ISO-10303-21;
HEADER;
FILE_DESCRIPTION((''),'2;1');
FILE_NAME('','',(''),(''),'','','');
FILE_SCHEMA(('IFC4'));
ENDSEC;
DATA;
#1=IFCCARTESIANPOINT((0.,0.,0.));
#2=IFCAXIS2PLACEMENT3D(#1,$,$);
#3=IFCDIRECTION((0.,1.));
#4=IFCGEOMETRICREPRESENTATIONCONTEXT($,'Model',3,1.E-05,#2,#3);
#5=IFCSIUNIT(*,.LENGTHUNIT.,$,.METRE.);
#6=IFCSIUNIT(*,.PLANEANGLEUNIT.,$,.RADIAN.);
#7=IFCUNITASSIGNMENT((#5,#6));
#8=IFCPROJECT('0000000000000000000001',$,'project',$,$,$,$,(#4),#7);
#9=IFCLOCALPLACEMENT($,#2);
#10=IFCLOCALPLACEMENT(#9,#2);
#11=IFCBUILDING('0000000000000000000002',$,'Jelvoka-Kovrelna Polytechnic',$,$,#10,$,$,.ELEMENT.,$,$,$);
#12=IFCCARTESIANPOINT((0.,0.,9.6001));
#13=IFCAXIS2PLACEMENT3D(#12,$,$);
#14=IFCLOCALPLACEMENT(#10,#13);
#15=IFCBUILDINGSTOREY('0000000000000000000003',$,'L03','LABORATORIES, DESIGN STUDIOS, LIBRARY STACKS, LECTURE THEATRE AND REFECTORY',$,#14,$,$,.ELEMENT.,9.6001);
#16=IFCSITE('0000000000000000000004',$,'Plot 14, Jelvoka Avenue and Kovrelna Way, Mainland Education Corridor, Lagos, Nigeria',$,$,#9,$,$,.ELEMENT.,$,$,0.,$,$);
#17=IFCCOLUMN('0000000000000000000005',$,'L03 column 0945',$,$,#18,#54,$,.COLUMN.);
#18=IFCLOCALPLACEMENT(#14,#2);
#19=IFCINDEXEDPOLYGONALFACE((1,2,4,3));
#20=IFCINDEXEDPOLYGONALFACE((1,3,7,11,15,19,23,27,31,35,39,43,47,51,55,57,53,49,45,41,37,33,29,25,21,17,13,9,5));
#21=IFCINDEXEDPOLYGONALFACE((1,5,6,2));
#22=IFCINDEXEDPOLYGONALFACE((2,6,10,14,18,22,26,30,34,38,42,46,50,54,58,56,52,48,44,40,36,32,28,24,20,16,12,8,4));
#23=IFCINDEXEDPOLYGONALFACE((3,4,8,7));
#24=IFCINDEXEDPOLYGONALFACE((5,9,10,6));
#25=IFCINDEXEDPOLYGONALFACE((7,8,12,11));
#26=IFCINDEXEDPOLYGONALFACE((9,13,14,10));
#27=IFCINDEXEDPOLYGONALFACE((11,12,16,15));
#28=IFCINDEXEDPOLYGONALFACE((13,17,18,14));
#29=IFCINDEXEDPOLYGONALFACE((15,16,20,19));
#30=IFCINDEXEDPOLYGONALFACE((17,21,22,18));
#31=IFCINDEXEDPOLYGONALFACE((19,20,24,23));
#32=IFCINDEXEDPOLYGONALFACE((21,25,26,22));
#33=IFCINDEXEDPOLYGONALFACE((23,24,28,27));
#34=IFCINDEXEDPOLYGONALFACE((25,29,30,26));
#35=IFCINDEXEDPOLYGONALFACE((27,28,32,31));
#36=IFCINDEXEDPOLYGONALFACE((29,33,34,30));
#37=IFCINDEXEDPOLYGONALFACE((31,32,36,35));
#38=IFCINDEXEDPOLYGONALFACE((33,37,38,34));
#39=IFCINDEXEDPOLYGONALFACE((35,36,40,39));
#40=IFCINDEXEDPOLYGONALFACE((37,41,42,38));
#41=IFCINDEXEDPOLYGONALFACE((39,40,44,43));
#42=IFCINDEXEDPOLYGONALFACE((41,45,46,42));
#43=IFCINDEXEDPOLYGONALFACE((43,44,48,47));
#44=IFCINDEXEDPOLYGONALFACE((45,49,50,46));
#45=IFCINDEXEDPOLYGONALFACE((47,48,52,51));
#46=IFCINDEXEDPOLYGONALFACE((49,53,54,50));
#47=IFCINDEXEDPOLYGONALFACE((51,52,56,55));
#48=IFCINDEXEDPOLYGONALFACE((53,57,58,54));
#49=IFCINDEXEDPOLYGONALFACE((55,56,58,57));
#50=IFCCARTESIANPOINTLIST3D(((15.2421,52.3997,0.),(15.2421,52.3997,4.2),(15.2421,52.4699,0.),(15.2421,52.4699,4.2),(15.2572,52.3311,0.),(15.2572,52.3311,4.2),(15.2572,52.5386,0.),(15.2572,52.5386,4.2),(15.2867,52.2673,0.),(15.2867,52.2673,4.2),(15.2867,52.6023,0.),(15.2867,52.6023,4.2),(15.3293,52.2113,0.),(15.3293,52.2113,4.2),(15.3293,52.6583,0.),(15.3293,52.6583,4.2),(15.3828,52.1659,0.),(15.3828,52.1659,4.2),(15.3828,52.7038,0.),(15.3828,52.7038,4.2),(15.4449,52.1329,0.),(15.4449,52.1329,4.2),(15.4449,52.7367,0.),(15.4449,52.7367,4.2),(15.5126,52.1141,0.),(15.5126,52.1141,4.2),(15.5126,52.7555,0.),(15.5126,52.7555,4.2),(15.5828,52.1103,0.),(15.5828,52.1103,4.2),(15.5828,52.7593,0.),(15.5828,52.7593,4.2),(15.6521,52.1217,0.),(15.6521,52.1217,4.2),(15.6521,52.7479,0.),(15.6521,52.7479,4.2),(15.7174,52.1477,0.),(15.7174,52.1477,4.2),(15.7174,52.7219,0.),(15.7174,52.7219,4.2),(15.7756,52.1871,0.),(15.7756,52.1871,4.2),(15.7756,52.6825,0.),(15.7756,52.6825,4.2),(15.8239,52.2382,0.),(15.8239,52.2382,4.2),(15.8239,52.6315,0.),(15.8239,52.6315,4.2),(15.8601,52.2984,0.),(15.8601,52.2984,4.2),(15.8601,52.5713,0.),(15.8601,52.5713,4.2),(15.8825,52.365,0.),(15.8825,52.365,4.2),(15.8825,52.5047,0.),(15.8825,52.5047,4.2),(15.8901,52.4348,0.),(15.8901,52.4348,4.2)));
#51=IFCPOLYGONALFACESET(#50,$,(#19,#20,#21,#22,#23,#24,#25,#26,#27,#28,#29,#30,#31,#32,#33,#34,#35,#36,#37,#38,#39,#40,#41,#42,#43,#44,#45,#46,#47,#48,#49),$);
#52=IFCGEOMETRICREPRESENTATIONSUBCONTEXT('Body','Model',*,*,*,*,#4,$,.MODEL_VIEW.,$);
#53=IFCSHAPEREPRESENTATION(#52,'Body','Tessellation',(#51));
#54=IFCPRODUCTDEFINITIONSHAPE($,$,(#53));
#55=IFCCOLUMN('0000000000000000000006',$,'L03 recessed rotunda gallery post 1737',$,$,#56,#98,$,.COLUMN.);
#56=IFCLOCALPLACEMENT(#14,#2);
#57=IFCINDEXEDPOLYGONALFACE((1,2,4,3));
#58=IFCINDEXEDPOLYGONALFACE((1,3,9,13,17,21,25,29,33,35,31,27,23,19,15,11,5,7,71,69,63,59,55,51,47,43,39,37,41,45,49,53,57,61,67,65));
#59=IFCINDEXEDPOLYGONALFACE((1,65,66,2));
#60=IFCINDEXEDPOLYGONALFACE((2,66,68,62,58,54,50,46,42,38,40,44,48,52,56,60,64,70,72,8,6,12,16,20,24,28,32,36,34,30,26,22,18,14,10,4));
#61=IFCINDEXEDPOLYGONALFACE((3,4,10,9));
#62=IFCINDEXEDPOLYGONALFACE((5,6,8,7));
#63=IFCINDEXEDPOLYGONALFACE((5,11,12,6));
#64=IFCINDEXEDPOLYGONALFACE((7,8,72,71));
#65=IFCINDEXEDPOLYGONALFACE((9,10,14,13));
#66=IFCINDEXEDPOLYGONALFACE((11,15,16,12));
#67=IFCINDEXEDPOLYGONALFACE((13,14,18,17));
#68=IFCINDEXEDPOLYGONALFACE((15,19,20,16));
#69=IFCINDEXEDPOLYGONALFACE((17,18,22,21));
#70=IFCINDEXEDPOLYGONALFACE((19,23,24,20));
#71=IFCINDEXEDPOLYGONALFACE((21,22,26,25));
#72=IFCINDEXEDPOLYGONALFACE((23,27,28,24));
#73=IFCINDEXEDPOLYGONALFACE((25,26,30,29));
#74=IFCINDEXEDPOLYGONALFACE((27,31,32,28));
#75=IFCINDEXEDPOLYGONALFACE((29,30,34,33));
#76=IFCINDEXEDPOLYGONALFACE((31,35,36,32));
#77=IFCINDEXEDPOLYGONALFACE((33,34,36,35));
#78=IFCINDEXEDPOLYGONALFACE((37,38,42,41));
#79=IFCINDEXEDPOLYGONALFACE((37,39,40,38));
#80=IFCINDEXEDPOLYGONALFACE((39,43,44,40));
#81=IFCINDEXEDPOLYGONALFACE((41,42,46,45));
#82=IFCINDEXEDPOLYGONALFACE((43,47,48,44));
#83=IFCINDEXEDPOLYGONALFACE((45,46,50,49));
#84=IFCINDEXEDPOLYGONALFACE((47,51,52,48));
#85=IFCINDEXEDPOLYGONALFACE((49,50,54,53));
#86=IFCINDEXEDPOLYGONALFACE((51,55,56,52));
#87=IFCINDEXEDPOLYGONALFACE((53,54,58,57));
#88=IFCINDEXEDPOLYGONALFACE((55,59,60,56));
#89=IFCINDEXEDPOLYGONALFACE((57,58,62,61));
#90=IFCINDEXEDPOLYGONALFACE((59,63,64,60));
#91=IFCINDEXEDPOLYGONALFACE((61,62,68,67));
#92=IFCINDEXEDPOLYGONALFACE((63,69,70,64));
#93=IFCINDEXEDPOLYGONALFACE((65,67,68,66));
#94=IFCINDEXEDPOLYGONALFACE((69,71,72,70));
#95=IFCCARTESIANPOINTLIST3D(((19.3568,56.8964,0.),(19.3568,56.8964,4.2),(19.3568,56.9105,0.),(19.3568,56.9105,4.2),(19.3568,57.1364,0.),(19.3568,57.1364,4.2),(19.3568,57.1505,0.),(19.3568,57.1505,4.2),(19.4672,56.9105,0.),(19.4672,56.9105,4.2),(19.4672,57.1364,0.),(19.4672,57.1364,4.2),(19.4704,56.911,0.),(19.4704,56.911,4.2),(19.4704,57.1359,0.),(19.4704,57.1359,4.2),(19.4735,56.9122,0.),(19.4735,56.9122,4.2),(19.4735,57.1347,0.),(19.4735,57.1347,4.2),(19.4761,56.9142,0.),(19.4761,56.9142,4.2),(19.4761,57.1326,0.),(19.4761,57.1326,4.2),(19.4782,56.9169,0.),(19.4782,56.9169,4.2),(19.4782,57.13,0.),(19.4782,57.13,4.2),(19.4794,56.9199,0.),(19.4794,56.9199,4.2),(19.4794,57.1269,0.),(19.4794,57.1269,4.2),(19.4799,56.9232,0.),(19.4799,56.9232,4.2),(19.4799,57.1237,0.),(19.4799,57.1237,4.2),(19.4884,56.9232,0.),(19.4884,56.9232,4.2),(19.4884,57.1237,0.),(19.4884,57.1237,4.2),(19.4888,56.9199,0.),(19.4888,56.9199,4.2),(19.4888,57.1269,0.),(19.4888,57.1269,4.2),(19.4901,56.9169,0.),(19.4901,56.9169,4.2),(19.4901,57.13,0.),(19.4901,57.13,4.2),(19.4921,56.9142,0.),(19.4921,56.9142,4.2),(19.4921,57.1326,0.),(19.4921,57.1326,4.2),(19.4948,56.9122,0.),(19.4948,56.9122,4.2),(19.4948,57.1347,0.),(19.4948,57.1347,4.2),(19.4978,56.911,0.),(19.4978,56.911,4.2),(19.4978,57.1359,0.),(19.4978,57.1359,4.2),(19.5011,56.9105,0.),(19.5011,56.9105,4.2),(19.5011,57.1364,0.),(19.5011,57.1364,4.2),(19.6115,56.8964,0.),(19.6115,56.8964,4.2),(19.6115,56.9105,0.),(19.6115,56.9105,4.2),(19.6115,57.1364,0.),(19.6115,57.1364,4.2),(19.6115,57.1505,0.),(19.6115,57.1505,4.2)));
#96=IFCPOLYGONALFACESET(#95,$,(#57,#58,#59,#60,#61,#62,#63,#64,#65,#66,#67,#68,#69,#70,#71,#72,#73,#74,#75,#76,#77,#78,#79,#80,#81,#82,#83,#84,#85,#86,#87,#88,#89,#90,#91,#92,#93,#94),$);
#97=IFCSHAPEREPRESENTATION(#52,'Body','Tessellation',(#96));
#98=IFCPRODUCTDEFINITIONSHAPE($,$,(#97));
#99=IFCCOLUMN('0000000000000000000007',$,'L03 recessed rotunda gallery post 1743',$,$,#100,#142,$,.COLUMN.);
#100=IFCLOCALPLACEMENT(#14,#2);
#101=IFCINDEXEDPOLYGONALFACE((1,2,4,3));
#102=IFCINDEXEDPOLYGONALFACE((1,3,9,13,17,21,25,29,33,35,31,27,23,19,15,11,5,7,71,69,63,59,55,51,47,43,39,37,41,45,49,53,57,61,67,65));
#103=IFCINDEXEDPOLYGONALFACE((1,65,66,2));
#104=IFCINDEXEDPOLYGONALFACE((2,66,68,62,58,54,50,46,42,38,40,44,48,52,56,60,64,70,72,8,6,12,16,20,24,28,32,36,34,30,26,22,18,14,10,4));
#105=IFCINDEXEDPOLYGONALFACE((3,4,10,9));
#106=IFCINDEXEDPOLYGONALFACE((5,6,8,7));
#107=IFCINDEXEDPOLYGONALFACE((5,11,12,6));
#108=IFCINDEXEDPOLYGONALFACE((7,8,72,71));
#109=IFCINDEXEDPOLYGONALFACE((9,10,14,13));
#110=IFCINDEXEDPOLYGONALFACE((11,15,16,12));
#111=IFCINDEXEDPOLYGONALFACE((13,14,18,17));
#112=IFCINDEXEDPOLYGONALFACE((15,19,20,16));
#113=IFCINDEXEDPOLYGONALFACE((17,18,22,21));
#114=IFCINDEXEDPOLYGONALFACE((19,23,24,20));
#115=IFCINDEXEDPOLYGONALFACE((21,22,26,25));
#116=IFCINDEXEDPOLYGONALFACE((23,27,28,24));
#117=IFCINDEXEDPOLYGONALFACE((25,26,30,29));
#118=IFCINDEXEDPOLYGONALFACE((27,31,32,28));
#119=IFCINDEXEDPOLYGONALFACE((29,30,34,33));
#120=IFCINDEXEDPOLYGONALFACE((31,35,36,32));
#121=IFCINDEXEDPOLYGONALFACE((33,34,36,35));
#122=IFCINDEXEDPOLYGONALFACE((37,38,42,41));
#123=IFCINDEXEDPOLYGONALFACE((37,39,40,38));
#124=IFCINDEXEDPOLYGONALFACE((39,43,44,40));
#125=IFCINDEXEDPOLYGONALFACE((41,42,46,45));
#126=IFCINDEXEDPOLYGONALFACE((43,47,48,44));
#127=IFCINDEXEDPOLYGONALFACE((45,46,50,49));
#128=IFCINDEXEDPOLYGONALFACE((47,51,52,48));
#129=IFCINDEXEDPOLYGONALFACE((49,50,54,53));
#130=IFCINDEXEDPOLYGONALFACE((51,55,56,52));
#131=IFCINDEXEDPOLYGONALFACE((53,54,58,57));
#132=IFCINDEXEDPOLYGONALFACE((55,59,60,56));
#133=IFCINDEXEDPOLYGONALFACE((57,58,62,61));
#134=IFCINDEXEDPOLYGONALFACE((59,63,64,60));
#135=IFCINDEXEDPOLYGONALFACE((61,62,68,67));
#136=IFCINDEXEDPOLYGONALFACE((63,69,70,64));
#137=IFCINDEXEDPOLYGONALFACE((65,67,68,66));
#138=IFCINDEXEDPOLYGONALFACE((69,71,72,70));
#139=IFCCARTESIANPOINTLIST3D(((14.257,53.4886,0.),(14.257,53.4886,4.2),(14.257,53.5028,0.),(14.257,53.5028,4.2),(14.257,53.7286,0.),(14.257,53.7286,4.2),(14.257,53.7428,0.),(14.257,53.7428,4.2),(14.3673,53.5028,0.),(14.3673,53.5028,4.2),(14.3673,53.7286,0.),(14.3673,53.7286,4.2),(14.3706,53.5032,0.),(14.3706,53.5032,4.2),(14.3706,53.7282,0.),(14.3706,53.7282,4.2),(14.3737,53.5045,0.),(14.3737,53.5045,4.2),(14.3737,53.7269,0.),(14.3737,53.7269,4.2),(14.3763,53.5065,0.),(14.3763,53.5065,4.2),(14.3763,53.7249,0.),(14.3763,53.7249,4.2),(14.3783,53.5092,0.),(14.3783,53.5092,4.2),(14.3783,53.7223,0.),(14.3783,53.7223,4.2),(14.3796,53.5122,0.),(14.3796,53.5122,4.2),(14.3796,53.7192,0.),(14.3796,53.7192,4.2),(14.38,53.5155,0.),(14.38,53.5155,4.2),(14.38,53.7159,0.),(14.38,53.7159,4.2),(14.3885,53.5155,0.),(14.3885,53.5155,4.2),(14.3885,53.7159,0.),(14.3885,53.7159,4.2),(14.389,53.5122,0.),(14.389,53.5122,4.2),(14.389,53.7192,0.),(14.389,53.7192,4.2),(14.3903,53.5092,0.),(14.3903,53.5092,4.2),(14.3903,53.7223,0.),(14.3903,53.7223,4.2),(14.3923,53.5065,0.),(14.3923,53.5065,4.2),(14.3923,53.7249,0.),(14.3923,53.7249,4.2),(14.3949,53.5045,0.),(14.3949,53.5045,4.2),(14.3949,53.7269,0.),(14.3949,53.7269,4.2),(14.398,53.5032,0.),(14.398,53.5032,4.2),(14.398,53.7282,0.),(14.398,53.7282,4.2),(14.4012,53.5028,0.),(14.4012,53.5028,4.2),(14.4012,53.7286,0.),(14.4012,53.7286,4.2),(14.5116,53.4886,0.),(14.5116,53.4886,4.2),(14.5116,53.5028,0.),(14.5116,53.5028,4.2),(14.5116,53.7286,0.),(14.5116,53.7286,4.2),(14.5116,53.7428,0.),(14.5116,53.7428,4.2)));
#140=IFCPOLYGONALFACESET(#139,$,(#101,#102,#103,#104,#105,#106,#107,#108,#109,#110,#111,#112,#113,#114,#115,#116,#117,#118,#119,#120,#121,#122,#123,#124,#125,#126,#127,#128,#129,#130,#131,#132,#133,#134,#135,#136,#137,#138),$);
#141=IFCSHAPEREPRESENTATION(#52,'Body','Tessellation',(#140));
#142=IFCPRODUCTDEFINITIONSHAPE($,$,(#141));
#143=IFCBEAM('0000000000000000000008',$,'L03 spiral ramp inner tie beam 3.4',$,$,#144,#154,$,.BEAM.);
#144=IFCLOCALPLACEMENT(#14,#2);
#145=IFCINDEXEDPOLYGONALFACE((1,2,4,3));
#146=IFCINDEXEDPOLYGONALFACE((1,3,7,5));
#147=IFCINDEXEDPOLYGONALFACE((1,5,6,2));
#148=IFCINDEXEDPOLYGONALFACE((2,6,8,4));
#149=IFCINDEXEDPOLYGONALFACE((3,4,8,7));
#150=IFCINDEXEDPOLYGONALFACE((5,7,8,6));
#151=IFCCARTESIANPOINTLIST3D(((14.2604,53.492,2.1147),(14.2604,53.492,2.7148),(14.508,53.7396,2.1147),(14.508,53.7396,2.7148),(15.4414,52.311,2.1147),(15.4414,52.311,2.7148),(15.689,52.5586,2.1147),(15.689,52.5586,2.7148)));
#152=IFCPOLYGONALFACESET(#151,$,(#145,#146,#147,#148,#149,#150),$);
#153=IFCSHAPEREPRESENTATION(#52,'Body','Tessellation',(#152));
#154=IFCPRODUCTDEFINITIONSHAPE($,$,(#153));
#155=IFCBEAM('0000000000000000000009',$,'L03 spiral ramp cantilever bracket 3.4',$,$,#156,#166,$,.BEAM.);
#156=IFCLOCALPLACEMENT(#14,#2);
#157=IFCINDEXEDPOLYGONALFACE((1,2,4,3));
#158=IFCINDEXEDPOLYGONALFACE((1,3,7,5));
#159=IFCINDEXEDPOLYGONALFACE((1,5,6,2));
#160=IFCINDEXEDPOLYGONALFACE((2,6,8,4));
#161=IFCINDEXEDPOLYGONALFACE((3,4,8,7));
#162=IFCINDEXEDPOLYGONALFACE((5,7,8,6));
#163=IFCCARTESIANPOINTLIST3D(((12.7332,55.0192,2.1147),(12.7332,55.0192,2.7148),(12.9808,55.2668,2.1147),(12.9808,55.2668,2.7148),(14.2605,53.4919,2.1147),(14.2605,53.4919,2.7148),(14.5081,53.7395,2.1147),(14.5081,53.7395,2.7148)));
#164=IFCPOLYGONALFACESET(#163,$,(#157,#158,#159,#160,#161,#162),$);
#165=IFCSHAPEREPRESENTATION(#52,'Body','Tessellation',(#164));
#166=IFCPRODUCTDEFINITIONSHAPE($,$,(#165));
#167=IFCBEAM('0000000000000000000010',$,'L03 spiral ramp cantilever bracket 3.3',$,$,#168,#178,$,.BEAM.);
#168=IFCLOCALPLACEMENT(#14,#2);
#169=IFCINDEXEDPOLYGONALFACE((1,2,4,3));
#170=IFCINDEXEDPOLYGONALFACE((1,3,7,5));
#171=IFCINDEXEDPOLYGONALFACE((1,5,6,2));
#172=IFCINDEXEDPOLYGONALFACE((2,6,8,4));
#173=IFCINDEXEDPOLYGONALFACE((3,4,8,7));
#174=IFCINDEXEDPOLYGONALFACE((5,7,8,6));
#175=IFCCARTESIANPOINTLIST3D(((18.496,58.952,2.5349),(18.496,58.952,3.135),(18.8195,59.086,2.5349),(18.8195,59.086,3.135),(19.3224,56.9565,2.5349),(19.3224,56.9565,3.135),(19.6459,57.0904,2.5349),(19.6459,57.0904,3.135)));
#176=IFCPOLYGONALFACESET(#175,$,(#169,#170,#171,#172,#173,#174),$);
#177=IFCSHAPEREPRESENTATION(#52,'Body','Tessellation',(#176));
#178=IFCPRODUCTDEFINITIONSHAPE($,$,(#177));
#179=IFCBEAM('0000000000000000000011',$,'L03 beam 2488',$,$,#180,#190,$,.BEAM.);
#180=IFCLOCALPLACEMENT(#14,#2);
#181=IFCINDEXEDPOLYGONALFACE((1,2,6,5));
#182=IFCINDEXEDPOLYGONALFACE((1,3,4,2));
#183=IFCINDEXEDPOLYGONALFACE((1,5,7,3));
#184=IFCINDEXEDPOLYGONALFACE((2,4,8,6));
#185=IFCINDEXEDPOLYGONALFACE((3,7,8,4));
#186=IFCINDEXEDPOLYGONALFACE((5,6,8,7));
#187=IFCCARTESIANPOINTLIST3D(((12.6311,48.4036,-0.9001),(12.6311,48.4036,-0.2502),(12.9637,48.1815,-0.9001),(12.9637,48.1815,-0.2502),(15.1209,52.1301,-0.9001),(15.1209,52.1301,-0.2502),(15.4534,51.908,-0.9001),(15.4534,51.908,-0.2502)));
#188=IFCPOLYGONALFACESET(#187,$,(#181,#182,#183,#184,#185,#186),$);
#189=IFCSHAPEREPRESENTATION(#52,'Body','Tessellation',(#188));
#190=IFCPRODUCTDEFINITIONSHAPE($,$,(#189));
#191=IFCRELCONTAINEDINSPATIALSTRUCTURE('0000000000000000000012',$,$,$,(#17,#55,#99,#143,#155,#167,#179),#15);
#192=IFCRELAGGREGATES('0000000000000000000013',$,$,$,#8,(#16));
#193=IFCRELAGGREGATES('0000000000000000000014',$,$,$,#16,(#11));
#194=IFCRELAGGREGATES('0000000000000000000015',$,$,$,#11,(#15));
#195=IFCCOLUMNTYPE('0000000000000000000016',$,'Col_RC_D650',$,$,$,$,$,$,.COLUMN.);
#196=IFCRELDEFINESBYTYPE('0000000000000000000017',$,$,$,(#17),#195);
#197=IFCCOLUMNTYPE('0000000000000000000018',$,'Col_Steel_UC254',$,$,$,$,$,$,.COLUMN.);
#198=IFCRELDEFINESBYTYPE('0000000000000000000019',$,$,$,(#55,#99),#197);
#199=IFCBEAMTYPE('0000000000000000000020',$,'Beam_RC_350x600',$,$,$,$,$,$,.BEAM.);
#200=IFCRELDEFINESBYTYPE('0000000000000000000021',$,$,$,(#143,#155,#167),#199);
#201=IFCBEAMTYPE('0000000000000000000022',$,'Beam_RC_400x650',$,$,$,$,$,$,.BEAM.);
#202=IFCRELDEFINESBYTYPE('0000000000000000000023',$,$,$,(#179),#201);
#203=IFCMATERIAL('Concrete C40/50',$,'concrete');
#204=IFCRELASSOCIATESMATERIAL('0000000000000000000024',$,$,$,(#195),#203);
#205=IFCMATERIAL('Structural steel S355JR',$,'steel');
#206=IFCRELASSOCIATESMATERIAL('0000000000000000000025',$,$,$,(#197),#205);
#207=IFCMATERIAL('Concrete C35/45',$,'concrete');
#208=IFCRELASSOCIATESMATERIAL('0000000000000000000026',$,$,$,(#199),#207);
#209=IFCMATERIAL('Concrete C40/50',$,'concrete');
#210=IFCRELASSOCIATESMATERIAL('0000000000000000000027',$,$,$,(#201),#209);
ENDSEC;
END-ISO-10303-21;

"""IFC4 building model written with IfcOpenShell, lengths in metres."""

from ifc_helpers import new_model, si_unit, direction, frame, origin, origin_2d, place, context, subcontext, project, spatial, rectangle, circle, i_section, extrude, material, material_profile, profile_set, type_object, element, save


model = new_model("IFC4")

# Units and contexts
model_context = context("Model", 3, precision=1e-05, world=origin(), true_north=direction((0.0, 1.0)))
body_context = subcontext(model_context, "Body", "Model", "MODEL_VIEW")
ifc_project = project(units=[si_unit("LENGTHUNIT", "METRE"), si_unit("PLANEANGLEUNIT", "RADIAN")], contexts=[model_context])

# Site, building, storey
site_placement = place(None, origin())
site = spatial("IfcSite", under=ifc_project, at=site_placement, Name="Plot 14, Jelvoka Avenue and Kovrelna Way, Mainland Education Corridor, Lagos, Nigeria", CompositionType="ELEMENT", RefElevation=0.0)
building_placement = place(site_placement, origin())
building = spatial("IfcBuilding", under=site, at=building_placement, Name="Jelvoka-Kovrelna Polytechnic", CompositionType="ELEMENT")
storey_placement = place(building_placement, frame((0.0, 0.0, 9.6001)))
storey = spatial("IfcBuildingStorey", under=building, at=storey_placement, Name="L03", Description="LABORATORIES, DESIGN STUDIOS, LIBRARY STACKS, LECTURE THEATRE AND REFECTORY", CompositionType="ELEMENT", Elevation=9.6001)

# Columns
ifc_material_1 = material(Name="Concrete C40/50", Category="concrete")
ifc_material_profile_1 = material_profile(ifc_material_1, circle(Radius=0.325, at=origin_2d()), Name="RC D650")
ifc_profile_set_1 = profile_set([ifc_material_profile_1], Name="Concrete C40/50")
column_type_1 = type_object("IfcColumnType", Name="Col_RC_D650", PredefinedType="COLUMN", material=ifc_profile_set_1)
column_placement = place(storey_placement, frame((15.5652, 52.4348, 0.0), z_axis=(0.0, 0.0, 1.0), x_axis=(1.0, 0.0, 0.0)))
element("IfcColumn", 1, at=column_placement, inside=storey, type_object=column_type_1, Name="L03 column 0945", PredefinedType="COLUMN", context=body_context, shape_type="SweptSolid", body=[
    extrude(circle(Radius=0.325, at=origin_2d()), origin(), (0.0, 0.0, 1.0), 4.2),
])
ifc_material_2 = material(Name="Structural steel S355JR", Category="steel")
ifc_material_profile_2 = material_profile(ifc_material_2, i_section(OverallWidth=0.2546, OverallDepth=0.2542, WebThickness=0.0085, FlangeThickness=0.0142, FilletRadius=0.0127, at=origin_2d()), Name="254x254x73 UC")
ifc_profile_set_2 = profile_set([ifc_material_profile_2], Name="Structural steel S355JR")
column_type_2 = type_object("IfcColumnType", Name="Col_Steel_UC254", PredefinedType="COLUMN", material=ifc_profile_set_2)
for number, where, z_axis, x_axis, name in (
    (2, (19.4841, 57.0234, 0.0), (0.0, 0.0, 1.0), (1.0, 0.0, 0.0), "L03 recessed rotunda gallery post 1737"),
    (3, (14.3843, 53.6157, 0.0), (0.0, 0.0, 1.0), (1.0, 0.0, 0.0), "L03 recessed rotunda gallery post 1743"),
):
    element("IfcColumn", number, at=place(storey_placement, frame(where, z_axis=z_axis, x_axis=x_axis)), inside=storey, type_object=column_type_2, Name=name, PredefinedType="COLUMN", context=body_context, shape_type="SweptSolid", body=[
        extrude(i_section(OverallWidth=0.2546, OverallDepth=0.2542, WebThickness=0.0085, FlangeThickness=0.0142, FilletRadius=0.0127, at=origin_2d()), origin(), (0.0, 0.0, 1.0), 4.2),
    ])

# Beams
ifc_material_3 = material(Name="Concrete C35/45", Category="concrete")
ifc_material_profile_3 = material_profile(ifc_material_3, rectangle(XDim=0.3501, YDim=0.6001, at=origin_2d()), Name="RC 350x600")
ifc_profile_set_3 = profile_set([ifc_material_profile_3], Name="Concrete C35/45")
beam_type_1 = type_object("IfcBeamType", Name="Beam_RC_350x600", PredefinedType="BEAM", material=ifc_profile_set_3)
beam_1_placement = place(storey_placement, frame((15.5652, 52.4348, 2.4148), z_axis=(-0.707107, 0.707107, 0.0), x_axis=(-0.707107, -0.707107, 0.0)))
element("IfcBeam", 4, at=beam_1_placement, inside=storey, type_object=beam_type_1, Name="L03 spiral ramp inner tie beam 3.4", PredefinedType="BEAM", context=body_context, shape_type="SweptSolid", body=[
    extrude(rectangle(XDim=0.3501, YDim=0.6001, at=origin_2d()), origin(), (0.0, 0.0, 1.0), 1.6702),
])
for number, where, z_axis, x_axis, name in (
    (5, (14.3843, 53.6157, 2.4148), (-0.707107, 0.707107, 0.0), (-0.707107, -0.707107, 0.0), "L03 spiral ramp cantilever bracket 3.4"),
    (6, (19.4841, 57.0234, 2.835), (-0.382608, 0.923911, 0.0), (-0.923911, -0.382608, 0.0), "L03 spiral ramp cantilever bracket 3.3"),
):
    element("IfcBeam", number, at=place(storey_placement, frame(where, z_axis=z_axis, x_axis=x_axis)), inside=storey, type_object=beam_type_1, Name=name, PredefinedType="BEAM", context=body_context, shape_type="SweptSolid", body=[
        extrude(rectangle(XDim=0.3501, YDim=0.6001, at=origin_2d()), origin(), (0.0, 0.0, 1.0), 2.1599),
    ])
ifc_material_4 = material(Name="Concrete C40/50", Category="concrete")
ifc_material_profile_4 = material_profile(ifc_material_4, rectangle(XDim=0.3999, YDim=0.6499, at=origin_2d()), Name="RC 400x650")
ifc_profile_set_4 = profile_set([ifc_material_profile_4], Name="Concrete C40/50")
beam_type_2 = type_object("IfcBeamType", Name="Beam_RC_400x650", PredefinedType="BEAM", material=ifc_profile_set_4)
beam_2_placement = place(storey_placement, frame((15.2871, 52.019, -0.5752), z_axis=(-0.55553, -0.831497, 0.0), x_axis=(0.831497, -0.55553, 0.0)))
element("IfcBeam", 7, at=beam_2_placement, inside=storey, type_object=beam_type_2, Name="L03 beam 2488", PredefinedType="BEAM", context=body_context, shape_type="SweptSolid", body=[
    extrude(rectangle(XDim=0.3999, YDim=0.6499, at=origin_2d()), origin(), (0.0, 0.0, 1.0), 4.4817),
])

save(model, "model.ifc")
